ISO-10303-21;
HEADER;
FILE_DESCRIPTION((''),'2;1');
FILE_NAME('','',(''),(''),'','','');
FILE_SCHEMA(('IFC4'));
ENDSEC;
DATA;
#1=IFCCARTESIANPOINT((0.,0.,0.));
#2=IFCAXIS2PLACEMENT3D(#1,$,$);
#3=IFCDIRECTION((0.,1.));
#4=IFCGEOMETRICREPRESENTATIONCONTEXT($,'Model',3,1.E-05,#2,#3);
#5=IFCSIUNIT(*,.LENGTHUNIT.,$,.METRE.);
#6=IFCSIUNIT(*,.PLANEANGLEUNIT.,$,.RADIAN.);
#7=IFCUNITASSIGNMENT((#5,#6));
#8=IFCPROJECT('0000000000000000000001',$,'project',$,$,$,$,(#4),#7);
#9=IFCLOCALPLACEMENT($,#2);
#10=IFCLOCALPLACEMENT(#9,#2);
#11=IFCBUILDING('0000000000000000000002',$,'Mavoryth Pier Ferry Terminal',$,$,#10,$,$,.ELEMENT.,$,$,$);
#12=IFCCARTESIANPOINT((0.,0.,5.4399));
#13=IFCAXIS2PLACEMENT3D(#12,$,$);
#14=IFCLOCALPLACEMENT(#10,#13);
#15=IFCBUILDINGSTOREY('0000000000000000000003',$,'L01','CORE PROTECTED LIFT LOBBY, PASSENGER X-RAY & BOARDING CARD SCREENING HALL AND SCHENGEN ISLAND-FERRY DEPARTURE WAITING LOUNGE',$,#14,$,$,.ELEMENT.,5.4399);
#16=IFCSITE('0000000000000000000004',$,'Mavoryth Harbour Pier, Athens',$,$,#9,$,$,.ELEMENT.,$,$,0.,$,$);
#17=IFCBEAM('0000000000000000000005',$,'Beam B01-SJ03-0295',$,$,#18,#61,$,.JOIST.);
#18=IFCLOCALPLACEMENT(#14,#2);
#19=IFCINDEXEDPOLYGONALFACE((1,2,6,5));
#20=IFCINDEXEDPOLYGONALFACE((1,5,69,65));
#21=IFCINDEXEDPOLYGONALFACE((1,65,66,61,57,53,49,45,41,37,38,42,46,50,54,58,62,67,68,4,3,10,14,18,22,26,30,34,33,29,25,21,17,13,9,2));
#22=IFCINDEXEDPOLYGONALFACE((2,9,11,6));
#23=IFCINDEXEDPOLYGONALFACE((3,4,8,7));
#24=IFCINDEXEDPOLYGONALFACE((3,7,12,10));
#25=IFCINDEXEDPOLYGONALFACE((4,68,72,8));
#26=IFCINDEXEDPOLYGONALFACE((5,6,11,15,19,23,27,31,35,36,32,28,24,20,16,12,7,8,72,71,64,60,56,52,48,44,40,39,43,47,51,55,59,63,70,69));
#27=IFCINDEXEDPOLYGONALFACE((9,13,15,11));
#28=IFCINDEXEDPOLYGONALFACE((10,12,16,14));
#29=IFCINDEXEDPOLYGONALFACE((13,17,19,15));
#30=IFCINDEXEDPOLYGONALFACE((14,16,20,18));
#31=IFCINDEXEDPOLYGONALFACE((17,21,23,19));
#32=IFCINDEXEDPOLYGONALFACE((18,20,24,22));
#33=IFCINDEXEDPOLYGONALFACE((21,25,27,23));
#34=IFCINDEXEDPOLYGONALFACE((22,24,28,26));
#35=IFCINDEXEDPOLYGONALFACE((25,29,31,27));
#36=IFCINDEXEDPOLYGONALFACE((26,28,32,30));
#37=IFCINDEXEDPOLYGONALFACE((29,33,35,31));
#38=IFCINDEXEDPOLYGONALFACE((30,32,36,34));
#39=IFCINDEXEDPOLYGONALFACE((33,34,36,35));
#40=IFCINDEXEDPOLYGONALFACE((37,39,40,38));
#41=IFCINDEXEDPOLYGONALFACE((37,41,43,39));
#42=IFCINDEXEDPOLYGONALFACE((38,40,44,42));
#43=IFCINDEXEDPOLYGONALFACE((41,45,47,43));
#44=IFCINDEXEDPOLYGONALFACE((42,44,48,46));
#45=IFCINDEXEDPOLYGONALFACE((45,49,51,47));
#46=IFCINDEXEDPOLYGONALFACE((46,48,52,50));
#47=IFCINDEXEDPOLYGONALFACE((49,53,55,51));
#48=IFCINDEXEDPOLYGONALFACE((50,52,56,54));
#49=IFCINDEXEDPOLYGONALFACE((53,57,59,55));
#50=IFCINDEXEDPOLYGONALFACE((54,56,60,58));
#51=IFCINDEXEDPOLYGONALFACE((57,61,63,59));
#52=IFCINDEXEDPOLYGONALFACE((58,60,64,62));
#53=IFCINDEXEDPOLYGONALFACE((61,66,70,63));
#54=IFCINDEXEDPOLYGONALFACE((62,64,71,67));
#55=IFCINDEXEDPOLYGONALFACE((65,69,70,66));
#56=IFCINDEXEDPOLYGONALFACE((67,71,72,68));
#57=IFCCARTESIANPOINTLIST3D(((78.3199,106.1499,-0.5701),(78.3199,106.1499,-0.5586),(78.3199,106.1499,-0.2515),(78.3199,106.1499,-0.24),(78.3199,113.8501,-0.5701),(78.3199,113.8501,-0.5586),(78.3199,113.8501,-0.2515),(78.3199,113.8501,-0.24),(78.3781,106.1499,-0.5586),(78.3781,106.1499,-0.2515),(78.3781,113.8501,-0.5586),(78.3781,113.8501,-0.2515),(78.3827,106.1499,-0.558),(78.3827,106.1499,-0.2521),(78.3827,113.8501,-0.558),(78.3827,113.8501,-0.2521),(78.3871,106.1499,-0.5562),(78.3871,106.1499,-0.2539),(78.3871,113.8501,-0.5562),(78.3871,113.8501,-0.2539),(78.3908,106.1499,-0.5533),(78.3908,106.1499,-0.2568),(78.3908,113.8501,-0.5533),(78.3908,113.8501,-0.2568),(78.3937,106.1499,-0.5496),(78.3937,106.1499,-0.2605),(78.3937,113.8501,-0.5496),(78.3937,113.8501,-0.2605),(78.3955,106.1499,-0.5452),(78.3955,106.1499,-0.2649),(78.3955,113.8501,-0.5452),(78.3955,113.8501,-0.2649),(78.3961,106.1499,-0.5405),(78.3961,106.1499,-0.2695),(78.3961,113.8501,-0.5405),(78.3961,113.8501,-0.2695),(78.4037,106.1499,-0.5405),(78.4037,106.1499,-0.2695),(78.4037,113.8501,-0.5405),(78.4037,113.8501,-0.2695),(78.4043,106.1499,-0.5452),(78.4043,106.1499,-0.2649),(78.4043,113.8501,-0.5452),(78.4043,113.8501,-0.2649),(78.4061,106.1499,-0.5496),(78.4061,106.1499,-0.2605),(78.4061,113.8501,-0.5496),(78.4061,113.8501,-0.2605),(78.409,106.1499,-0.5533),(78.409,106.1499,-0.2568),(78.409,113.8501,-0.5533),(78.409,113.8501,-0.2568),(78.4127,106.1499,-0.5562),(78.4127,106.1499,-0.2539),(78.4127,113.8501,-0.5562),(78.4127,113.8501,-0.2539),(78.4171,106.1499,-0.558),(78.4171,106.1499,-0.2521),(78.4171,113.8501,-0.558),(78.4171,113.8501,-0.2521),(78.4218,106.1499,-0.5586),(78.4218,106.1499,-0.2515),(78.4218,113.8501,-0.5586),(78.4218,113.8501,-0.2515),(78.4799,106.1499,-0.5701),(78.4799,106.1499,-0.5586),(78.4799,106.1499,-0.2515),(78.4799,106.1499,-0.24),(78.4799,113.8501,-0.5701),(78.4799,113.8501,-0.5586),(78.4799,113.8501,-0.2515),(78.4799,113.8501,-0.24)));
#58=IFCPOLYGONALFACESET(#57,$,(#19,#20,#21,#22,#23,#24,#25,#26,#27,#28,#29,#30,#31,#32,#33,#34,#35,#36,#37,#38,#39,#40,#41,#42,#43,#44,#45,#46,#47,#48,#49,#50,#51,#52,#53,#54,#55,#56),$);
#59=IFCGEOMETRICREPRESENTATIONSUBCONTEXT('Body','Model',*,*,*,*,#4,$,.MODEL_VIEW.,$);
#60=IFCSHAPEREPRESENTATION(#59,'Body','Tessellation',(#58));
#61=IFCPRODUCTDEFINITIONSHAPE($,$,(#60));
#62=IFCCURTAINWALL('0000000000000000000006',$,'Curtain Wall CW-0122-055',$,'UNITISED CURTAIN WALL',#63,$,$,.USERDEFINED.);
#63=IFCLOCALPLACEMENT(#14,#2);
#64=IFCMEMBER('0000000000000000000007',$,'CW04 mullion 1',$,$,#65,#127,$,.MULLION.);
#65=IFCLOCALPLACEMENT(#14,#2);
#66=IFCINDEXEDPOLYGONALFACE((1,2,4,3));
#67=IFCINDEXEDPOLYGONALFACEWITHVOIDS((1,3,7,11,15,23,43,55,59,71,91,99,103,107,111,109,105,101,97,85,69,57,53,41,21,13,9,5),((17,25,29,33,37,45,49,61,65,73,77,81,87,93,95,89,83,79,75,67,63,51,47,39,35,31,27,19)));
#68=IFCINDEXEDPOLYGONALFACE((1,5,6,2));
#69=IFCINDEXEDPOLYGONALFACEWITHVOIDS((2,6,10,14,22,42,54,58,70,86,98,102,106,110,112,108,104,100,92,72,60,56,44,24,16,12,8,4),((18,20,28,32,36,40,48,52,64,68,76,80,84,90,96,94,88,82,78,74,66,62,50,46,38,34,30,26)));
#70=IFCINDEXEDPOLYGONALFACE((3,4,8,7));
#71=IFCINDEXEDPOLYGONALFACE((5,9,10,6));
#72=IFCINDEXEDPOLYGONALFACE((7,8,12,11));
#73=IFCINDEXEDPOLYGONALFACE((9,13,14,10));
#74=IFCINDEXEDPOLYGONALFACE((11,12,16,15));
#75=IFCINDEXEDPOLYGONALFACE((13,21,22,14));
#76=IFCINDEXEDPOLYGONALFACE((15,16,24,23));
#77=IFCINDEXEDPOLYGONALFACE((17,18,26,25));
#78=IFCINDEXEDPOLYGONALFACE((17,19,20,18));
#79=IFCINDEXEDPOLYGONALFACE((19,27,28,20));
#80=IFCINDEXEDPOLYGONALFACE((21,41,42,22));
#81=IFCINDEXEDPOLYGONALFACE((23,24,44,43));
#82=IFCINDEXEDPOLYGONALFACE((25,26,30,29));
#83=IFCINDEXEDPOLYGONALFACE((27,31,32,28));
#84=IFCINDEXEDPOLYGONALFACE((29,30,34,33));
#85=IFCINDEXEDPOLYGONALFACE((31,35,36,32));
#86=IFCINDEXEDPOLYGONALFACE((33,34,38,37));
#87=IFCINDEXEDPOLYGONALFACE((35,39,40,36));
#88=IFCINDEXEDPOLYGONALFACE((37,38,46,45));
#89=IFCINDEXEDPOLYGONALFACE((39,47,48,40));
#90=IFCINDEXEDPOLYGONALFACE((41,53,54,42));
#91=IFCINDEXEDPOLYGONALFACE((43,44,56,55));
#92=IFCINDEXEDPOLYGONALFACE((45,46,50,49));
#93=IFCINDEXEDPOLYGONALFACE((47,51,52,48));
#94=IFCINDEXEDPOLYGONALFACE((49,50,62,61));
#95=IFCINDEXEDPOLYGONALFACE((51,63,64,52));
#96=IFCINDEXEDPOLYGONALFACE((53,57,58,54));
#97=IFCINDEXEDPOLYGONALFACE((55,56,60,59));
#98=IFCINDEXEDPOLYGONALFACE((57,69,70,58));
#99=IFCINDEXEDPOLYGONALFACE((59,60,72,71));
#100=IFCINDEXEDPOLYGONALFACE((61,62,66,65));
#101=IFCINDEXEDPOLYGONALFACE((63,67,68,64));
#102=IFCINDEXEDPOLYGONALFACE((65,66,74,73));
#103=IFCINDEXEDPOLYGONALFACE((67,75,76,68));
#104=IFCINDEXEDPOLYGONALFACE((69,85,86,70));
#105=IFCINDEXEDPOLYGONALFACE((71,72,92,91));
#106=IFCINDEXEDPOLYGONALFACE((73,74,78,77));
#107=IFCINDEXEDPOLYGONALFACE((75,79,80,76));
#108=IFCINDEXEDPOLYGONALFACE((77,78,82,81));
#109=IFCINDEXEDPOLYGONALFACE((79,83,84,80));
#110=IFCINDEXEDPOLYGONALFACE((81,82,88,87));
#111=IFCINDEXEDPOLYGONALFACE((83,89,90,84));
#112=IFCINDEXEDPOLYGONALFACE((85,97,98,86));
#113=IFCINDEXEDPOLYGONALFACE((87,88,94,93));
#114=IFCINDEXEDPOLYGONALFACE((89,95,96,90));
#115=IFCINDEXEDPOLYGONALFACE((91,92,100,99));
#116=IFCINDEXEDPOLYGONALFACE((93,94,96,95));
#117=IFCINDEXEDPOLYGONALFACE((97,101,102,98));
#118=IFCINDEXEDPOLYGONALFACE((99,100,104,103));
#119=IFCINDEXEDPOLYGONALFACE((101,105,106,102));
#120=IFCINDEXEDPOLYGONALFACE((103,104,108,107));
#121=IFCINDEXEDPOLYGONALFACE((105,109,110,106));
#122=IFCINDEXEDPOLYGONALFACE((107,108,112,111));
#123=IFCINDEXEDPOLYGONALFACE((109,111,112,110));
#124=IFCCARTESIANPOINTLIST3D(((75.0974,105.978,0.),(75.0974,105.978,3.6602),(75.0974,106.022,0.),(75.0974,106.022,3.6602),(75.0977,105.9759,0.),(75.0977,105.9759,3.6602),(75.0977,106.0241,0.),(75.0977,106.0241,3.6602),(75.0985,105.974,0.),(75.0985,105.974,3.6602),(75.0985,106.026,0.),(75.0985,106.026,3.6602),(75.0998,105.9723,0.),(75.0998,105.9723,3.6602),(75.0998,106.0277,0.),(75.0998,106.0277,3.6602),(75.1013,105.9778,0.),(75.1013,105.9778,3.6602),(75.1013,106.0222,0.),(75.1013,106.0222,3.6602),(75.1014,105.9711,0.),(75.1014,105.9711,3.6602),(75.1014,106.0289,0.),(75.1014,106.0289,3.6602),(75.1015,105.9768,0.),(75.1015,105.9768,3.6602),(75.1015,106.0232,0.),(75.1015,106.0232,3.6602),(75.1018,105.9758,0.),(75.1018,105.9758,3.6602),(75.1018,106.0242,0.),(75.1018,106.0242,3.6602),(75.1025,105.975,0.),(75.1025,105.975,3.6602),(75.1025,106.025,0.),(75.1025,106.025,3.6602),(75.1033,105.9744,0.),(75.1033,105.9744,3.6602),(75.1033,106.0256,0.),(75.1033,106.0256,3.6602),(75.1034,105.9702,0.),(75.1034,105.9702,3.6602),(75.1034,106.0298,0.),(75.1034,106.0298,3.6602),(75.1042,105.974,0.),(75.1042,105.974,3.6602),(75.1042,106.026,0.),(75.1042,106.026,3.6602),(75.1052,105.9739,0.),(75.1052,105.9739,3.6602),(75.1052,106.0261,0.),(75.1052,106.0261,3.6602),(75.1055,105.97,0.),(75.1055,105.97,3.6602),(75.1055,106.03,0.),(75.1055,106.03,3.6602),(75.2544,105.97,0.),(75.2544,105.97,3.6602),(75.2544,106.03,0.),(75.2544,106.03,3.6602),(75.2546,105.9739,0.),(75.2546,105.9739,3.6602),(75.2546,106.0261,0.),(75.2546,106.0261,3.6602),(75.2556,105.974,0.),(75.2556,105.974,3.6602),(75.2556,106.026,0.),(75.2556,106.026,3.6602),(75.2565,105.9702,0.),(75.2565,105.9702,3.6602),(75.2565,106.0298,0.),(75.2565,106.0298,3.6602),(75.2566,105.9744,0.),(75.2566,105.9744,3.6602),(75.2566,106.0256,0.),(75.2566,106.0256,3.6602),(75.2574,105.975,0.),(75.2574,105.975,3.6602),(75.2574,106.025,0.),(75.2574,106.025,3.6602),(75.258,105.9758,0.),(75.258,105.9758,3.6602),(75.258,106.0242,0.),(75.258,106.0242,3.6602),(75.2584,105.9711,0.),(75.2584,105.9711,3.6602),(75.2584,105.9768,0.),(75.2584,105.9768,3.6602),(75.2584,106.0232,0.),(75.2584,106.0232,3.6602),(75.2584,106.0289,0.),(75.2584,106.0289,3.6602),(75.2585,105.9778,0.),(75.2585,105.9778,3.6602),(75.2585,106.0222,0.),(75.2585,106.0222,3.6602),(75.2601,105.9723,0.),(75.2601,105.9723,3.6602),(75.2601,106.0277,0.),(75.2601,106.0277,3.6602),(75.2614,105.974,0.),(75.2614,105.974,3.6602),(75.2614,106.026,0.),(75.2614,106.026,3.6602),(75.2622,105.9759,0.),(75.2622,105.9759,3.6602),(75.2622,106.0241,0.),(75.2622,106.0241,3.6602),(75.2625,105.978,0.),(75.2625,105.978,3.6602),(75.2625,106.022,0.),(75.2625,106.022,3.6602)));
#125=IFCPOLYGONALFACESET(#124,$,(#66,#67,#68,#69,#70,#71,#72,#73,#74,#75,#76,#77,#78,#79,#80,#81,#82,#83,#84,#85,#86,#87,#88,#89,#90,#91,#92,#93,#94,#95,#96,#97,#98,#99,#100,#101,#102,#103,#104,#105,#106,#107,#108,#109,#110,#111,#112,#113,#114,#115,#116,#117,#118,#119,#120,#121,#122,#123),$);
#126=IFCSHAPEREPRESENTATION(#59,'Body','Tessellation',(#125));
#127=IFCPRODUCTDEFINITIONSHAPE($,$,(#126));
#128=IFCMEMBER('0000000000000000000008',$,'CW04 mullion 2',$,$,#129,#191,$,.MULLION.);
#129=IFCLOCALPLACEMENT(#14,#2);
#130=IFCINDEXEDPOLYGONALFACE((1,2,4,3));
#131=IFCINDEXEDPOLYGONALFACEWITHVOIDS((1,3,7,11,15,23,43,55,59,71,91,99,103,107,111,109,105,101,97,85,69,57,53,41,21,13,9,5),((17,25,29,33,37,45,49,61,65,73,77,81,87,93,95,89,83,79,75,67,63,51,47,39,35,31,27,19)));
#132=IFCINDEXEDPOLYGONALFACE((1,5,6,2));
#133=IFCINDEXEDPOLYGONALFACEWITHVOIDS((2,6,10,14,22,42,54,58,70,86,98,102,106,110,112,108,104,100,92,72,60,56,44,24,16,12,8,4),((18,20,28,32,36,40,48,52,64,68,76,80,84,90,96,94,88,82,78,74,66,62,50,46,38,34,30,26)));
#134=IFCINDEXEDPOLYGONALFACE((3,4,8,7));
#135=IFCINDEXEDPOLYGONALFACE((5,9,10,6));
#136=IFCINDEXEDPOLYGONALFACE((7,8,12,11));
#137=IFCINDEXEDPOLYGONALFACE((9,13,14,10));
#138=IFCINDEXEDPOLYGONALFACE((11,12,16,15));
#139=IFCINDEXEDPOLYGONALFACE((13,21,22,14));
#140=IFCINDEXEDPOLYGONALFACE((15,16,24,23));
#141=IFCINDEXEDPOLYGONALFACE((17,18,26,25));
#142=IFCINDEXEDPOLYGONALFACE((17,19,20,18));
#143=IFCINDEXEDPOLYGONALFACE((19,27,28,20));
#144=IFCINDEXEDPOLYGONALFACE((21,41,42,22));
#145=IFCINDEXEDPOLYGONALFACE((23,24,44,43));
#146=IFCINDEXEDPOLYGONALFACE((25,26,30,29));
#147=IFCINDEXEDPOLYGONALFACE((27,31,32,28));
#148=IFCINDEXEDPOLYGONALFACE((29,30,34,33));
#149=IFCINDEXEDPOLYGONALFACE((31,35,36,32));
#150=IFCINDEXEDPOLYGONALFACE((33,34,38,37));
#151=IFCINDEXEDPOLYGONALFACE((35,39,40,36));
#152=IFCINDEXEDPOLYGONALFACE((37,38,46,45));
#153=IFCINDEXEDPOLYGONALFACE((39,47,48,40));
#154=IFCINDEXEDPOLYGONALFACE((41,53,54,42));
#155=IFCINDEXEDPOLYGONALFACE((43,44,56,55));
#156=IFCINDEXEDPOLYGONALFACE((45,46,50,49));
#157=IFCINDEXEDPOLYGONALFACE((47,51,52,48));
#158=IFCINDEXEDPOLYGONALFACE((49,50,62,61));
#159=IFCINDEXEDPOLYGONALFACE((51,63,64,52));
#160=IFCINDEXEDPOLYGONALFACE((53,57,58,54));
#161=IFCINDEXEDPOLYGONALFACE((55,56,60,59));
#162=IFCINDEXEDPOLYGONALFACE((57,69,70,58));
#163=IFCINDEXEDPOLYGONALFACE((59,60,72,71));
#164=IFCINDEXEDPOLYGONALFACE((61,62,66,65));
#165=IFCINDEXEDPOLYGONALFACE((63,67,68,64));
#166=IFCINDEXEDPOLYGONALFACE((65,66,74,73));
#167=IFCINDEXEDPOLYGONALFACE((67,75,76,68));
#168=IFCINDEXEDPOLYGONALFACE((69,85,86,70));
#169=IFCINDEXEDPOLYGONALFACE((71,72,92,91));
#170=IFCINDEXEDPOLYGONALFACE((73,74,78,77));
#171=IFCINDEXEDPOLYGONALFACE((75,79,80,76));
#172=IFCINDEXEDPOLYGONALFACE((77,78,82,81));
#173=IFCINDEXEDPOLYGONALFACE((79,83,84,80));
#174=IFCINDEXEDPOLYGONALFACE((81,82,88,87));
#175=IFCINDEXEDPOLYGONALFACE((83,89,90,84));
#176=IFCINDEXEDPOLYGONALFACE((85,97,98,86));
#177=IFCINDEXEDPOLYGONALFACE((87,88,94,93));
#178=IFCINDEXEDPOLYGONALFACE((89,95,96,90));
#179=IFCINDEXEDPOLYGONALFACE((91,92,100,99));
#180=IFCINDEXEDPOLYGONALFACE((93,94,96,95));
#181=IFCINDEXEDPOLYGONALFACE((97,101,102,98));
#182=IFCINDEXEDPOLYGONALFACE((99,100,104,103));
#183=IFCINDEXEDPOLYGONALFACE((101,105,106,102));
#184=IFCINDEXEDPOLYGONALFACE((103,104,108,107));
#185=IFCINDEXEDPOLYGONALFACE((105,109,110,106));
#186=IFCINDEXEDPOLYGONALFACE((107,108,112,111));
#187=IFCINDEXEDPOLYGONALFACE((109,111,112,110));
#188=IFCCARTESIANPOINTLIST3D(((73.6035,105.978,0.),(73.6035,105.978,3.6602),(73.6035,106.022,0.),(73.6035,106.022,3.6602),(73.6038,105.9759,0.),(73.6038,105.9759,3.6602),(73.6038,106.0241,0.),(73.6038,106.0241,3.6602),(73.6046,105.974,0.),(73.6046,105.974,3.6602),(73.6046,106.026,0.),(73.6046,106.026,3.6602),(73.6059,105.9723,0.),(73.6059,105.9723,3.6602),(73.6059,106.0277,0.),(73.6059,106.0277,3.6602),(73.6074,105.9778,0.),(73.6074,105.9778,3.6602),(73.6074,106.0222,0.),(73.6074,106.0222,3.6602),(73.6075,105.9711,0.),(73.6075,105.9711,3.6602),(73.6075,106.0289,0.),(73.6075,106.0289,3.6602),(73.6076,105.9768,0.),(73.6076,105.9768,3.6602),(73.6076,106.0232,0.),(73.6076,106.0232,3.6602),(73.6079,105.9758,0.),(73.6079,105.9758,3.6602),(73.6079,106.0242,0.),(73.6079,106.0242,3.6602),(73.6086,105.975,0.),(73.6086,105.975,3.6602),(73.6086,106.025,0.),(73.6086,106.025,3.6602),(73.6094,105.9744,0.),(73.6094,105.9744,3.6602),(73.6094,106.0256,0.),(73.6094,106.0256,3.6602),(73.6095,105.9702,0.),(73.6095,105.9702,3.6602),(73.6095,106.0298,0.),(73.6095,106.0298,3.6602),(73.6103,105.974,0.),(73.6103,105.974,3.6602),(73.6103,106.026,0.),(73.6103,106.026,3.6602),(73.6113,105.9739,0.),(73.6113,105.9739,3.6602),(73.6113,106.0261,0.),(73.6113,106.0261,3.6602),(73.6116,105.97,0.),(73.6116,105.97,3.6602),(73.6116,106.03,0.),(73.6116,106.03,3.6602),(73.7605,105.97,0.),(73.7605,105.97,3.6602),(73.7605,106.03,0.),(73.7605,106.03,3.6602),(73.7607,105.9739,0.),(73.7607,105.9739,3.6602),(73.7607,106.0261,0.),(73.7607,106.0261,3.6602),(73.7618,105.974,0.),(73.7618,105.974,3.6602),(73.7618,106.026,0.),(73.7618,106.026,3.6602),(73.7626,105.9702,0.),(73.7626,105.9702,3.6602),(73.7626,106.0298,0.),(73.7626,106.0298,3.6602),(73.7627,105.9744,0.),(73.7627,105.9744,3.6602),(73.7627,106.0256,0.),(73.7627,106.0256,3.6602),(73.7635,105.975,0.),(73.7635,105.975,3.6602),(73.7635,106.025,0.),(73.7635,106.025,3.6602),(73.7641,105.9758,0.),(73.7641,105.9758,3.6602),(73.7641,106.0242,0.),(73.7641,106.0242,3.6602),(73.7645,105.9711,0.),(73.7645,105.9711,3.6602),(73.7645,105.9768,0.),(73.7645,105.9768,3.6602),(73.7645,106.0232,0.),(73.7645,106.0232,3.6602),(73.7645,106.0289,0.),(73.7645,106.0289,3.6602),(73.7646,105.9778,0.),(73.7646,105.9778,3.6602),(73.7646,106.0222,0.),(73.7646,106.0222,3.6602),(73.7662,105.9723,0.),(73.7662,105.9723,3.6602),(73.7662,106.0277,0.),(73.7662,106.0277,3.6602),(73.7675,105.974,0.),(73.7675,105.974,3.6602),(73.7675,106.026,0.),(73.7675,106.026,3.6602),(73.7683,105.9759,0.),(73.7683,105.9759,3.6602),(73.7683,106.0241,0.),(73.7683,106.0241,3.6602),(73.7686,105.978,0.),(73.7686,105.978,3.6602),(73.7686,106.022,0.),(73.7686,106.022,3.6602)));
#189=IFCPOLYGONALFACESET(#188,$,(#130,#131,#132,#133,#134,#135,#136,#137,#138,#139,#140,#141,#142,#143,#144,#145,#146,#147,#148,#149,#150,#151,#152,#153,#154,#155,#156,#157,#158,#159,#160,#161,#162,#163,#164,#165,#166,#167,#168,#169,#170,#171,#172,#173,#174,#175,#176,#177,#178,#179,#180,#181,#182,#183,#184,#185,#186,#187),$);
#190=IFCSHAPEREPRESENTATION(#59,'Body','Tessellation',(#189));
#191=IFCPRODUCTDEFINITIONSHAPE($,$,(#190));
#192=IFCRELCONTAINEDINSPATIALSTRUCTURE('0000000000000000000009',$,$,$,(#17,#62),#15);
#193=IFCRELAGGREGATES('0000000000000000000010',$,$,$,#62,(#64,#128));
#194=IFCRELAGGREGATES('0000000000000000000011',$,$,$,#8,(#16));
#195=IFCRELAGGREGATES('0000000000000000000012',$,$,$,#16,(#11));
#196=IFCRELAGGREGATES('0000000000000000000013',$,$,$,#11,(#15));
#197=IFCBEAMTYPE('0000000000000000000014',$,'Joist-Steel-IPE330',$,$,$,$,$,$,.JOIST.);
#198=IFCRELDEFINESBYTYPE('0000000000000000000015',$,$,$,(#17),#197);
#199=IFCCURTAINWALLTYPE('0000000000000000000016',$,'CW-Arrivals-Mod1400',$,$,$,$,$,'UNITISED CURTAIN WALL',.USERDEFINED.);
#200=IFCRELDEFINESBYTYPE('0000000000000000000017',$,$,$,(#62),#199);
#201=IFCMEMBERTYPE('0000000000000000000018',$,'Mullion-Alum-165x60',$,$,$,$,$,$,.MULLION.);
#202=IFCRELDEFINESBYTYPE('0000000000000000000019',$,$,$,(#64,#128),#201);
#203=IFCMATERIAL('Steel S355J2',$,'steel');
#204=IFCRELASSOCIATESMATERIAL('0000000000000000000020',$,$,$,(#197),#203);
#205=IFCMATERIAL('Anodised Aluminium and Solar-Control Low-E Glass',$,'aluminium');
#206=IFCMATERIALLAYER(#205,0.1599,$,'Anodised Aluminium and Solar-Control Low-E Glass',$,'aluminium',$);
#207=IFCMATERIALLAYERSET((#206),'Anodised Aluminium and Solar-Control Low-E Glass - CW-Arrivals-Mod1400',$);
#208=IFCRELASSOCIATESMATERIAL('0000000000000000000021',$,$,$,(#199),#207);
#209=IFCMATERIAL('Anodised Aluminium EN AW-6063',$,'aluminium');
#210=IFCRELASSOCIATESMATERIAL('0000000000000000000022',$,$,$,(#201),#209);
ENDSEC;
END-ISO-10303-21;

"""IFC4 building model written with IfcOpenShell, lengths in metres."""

from ifc_helpers import new_model, si_unit, direction, frame, origin, origin_2d, place, context, subcontext, project, spatial, hollow_rectangle, i_section, extrude, material, layer, layer_set, material_profile, profile_set, type_object, element, aggregate, save


model = new_model("IFC4")

# Units and contexts
model_context = context("Model", 3, precision=1e-05, world=origin(), true_north=direction((0.0, 1.0)))
body_context = subcontext(model_context, "Body", "Model", "MODEL_VIEW")
ifc_project = project(units=[si_unit("LENGTHUNIT", "METRE"), si_unit("PLANEANGLEUNIT", "RADIAN")], contexts=[model_context])

# Site, building, storey
site_placement = place(None, origin())
site = spatial("IfcSite", under=ifc_project, at=site_placement, Name="Mavoryth Harbour Pier, Athens", CompositionType="ELEMENT", RefElevation=0.0)
building_placement = place(site_placement, origin())
building = spatial("IfcBuilding", under=site, at=building_placement, Name="Mavoryth Pier Ferry Terminal", CompositionType="ELEMENT")
storey_placement = place(building_placement, frame((0.0, 0.0, 5.4399)))
storey = spatial("IfcBuildingStorey", under=building, at=storey_placement, Name="L01", Description="CORE PROTECTED LIFT LOBBY, PASSENGER X-RAY & BOARDING CARD SCREENING HALL AND SCHENGEN ISLAND-FERRY DEPARTURE WAITING LOUNGE", CompositionType="ELEMENT", Elevation=5.4399)

# Shared definitions
ifc_material_1 = material(Name="Steel S355J2", Category="steel")

# Beam
ifc_material_profile_1 = material_profile(ifc_material_1, i_section(OverallWidth=0.1599, OverallDepth=0.3301, WebThickness=0.0076, FlangeThickness=0.0115, FilletRadius=0.0181, at=origin_2d()), Name="IPE 330", Category="steel")
ifc_profile_set_1 = profile_set([ifc_material_profile_1], Name="Steel S355J2 - IPE 330")
beam_type_1 = type_object("IfcBeamType", Name="Joist-Steel-IPE330", PredefinedType="JOIST", material=ifc_profile_set_1)
beam_1_placement = place(storey_placement, frame((78.3999, 106.1499, -0.405), z_axis=(0.0, 1.0, 0.0), x_axis=(-1.0, 0.0, 0.0)))
element("IfcBeam", 1, at=beam_1_placement, inside=storey, type_object=beam_type_1, Name="Beam B01-SJ03-0295", PredefinedType="JOIST", context=body_context, shape_type="SweptSolid", body=[
    extrude(i_section(OverallWidth=0.1599, OverallDepth=0.3301, WebThickness=0.0076, FlangeThickness=0.0115, FilletRadius=0.0181, at=origin_2d()), origin(), (0.0, 0.0, 1.0), 7.7002),
])

# Curtain wall, members
ifc_material_2 = material(Name="Anodised Aluminium and Solar-Control Low-E Glass", Category="aluminium")
ifc_layer_1 = layer(ifc_material_2, 0.1599, Name="Anodised Aluminium and Solar-Control Low-E Glass", Category="aluminium")
ifc_layer_set_1 = layer_set([ifc_layer_1], Name="Anodised Aluminium and Solar-Control Low-E Glass - CW-Arrivals-Mod1400")
curtain_wall_type = type_object("IfcCurtainWallType", Name="CW-Arrivals-Mod1400", ElementType="UNITISED CURTAIN WALL", PredefinedType="USERDEFINED", material=ifc_layer_set_1)
curtain_wall_1_placement = place(storey_placement, origin())
curtain_wall_1 = element("IfcCurtainWall", 2, at=curtain_wall_1_placement, inside=storey, type_object=curtain_wall_type, Name="Curtain Wall CW-0122-055", ObjectType="UNITISED CURTAIN WALL", PredefinedType="USERDEFINED")
ifc_material_3 = material(Name="Anodised Aluminium EN AW-6063", Category="aluminium")
ifc_material_profile_2 = material_profile(ifc_material_3, hollow_rectangle(XDim=0.0601, YDim=0.165, WallThickness=0.0039, InnerFilletRadius=0.0039, OuterFilletRadius=0.0081, at=origin_2d()), Name="AL-MULL 165x60x4", Category="aluminium")
ifc_profile_set_2 = profile_set([ifc_material_profile_2], Name="Anodised Aluminium EN AW-6063 - AL-MULL 165x60x4")
member_type_1 = type_object("IfcMemberType", Name="Mullion-Alum-165x60", PredefinedType="MULLION", material=ifc_profile_set_2)
member_1_placement = place(storey_placement, frame((75.1799, 106.0, 0.0), z_axis=(0.0, 0.0, 1.0), x_axis=(0.0, -1.0, 0.0)))
member_1 = element("IfcMember", 3, at=member_1_placement, type_object=member_type_1, Name="CW04 mullion 1", PredefinedType="MULLION", context=body_context, shape_type="SweptSolid", body=[
    extrude(hollow_rectangle(XDim=0.0601, YDim=0.165, WallThickness=0.0039, InnerFilletRadius=0.0039, OuterFilletRadius=0.0081, at=origin_2d()), origin(), (0.0, 0.0, 1.0), 3.6602),
])
member_2_placement = place(storey_placement, frame((73.686, 106.0, 0.0), z_axis=(0.0, 0.0, 1.0), x_axis=(0.0, -1.0, 0.0)))
member_2 = element("IfcMember", 4, at=member_2_placement, type_object=member_type_1, Name="CW04 mullion 2", PredefinedType="MULLION", context=body_context, shape_type="SweptSolid", body=[
    extrude(hollow_rectangle(XDim=0.0601, YDim=0.165, WallThickness=0.0039, InnerFilletRadius=0.0039, OuterFilletRadius=0.0081, at=origin_2d()), origin(), (0.0, 0.0, 1.0), 3.6602),
])

aggregate(curtain_wall_1, [member_1, member_2])

save(model, "model.ifc")
